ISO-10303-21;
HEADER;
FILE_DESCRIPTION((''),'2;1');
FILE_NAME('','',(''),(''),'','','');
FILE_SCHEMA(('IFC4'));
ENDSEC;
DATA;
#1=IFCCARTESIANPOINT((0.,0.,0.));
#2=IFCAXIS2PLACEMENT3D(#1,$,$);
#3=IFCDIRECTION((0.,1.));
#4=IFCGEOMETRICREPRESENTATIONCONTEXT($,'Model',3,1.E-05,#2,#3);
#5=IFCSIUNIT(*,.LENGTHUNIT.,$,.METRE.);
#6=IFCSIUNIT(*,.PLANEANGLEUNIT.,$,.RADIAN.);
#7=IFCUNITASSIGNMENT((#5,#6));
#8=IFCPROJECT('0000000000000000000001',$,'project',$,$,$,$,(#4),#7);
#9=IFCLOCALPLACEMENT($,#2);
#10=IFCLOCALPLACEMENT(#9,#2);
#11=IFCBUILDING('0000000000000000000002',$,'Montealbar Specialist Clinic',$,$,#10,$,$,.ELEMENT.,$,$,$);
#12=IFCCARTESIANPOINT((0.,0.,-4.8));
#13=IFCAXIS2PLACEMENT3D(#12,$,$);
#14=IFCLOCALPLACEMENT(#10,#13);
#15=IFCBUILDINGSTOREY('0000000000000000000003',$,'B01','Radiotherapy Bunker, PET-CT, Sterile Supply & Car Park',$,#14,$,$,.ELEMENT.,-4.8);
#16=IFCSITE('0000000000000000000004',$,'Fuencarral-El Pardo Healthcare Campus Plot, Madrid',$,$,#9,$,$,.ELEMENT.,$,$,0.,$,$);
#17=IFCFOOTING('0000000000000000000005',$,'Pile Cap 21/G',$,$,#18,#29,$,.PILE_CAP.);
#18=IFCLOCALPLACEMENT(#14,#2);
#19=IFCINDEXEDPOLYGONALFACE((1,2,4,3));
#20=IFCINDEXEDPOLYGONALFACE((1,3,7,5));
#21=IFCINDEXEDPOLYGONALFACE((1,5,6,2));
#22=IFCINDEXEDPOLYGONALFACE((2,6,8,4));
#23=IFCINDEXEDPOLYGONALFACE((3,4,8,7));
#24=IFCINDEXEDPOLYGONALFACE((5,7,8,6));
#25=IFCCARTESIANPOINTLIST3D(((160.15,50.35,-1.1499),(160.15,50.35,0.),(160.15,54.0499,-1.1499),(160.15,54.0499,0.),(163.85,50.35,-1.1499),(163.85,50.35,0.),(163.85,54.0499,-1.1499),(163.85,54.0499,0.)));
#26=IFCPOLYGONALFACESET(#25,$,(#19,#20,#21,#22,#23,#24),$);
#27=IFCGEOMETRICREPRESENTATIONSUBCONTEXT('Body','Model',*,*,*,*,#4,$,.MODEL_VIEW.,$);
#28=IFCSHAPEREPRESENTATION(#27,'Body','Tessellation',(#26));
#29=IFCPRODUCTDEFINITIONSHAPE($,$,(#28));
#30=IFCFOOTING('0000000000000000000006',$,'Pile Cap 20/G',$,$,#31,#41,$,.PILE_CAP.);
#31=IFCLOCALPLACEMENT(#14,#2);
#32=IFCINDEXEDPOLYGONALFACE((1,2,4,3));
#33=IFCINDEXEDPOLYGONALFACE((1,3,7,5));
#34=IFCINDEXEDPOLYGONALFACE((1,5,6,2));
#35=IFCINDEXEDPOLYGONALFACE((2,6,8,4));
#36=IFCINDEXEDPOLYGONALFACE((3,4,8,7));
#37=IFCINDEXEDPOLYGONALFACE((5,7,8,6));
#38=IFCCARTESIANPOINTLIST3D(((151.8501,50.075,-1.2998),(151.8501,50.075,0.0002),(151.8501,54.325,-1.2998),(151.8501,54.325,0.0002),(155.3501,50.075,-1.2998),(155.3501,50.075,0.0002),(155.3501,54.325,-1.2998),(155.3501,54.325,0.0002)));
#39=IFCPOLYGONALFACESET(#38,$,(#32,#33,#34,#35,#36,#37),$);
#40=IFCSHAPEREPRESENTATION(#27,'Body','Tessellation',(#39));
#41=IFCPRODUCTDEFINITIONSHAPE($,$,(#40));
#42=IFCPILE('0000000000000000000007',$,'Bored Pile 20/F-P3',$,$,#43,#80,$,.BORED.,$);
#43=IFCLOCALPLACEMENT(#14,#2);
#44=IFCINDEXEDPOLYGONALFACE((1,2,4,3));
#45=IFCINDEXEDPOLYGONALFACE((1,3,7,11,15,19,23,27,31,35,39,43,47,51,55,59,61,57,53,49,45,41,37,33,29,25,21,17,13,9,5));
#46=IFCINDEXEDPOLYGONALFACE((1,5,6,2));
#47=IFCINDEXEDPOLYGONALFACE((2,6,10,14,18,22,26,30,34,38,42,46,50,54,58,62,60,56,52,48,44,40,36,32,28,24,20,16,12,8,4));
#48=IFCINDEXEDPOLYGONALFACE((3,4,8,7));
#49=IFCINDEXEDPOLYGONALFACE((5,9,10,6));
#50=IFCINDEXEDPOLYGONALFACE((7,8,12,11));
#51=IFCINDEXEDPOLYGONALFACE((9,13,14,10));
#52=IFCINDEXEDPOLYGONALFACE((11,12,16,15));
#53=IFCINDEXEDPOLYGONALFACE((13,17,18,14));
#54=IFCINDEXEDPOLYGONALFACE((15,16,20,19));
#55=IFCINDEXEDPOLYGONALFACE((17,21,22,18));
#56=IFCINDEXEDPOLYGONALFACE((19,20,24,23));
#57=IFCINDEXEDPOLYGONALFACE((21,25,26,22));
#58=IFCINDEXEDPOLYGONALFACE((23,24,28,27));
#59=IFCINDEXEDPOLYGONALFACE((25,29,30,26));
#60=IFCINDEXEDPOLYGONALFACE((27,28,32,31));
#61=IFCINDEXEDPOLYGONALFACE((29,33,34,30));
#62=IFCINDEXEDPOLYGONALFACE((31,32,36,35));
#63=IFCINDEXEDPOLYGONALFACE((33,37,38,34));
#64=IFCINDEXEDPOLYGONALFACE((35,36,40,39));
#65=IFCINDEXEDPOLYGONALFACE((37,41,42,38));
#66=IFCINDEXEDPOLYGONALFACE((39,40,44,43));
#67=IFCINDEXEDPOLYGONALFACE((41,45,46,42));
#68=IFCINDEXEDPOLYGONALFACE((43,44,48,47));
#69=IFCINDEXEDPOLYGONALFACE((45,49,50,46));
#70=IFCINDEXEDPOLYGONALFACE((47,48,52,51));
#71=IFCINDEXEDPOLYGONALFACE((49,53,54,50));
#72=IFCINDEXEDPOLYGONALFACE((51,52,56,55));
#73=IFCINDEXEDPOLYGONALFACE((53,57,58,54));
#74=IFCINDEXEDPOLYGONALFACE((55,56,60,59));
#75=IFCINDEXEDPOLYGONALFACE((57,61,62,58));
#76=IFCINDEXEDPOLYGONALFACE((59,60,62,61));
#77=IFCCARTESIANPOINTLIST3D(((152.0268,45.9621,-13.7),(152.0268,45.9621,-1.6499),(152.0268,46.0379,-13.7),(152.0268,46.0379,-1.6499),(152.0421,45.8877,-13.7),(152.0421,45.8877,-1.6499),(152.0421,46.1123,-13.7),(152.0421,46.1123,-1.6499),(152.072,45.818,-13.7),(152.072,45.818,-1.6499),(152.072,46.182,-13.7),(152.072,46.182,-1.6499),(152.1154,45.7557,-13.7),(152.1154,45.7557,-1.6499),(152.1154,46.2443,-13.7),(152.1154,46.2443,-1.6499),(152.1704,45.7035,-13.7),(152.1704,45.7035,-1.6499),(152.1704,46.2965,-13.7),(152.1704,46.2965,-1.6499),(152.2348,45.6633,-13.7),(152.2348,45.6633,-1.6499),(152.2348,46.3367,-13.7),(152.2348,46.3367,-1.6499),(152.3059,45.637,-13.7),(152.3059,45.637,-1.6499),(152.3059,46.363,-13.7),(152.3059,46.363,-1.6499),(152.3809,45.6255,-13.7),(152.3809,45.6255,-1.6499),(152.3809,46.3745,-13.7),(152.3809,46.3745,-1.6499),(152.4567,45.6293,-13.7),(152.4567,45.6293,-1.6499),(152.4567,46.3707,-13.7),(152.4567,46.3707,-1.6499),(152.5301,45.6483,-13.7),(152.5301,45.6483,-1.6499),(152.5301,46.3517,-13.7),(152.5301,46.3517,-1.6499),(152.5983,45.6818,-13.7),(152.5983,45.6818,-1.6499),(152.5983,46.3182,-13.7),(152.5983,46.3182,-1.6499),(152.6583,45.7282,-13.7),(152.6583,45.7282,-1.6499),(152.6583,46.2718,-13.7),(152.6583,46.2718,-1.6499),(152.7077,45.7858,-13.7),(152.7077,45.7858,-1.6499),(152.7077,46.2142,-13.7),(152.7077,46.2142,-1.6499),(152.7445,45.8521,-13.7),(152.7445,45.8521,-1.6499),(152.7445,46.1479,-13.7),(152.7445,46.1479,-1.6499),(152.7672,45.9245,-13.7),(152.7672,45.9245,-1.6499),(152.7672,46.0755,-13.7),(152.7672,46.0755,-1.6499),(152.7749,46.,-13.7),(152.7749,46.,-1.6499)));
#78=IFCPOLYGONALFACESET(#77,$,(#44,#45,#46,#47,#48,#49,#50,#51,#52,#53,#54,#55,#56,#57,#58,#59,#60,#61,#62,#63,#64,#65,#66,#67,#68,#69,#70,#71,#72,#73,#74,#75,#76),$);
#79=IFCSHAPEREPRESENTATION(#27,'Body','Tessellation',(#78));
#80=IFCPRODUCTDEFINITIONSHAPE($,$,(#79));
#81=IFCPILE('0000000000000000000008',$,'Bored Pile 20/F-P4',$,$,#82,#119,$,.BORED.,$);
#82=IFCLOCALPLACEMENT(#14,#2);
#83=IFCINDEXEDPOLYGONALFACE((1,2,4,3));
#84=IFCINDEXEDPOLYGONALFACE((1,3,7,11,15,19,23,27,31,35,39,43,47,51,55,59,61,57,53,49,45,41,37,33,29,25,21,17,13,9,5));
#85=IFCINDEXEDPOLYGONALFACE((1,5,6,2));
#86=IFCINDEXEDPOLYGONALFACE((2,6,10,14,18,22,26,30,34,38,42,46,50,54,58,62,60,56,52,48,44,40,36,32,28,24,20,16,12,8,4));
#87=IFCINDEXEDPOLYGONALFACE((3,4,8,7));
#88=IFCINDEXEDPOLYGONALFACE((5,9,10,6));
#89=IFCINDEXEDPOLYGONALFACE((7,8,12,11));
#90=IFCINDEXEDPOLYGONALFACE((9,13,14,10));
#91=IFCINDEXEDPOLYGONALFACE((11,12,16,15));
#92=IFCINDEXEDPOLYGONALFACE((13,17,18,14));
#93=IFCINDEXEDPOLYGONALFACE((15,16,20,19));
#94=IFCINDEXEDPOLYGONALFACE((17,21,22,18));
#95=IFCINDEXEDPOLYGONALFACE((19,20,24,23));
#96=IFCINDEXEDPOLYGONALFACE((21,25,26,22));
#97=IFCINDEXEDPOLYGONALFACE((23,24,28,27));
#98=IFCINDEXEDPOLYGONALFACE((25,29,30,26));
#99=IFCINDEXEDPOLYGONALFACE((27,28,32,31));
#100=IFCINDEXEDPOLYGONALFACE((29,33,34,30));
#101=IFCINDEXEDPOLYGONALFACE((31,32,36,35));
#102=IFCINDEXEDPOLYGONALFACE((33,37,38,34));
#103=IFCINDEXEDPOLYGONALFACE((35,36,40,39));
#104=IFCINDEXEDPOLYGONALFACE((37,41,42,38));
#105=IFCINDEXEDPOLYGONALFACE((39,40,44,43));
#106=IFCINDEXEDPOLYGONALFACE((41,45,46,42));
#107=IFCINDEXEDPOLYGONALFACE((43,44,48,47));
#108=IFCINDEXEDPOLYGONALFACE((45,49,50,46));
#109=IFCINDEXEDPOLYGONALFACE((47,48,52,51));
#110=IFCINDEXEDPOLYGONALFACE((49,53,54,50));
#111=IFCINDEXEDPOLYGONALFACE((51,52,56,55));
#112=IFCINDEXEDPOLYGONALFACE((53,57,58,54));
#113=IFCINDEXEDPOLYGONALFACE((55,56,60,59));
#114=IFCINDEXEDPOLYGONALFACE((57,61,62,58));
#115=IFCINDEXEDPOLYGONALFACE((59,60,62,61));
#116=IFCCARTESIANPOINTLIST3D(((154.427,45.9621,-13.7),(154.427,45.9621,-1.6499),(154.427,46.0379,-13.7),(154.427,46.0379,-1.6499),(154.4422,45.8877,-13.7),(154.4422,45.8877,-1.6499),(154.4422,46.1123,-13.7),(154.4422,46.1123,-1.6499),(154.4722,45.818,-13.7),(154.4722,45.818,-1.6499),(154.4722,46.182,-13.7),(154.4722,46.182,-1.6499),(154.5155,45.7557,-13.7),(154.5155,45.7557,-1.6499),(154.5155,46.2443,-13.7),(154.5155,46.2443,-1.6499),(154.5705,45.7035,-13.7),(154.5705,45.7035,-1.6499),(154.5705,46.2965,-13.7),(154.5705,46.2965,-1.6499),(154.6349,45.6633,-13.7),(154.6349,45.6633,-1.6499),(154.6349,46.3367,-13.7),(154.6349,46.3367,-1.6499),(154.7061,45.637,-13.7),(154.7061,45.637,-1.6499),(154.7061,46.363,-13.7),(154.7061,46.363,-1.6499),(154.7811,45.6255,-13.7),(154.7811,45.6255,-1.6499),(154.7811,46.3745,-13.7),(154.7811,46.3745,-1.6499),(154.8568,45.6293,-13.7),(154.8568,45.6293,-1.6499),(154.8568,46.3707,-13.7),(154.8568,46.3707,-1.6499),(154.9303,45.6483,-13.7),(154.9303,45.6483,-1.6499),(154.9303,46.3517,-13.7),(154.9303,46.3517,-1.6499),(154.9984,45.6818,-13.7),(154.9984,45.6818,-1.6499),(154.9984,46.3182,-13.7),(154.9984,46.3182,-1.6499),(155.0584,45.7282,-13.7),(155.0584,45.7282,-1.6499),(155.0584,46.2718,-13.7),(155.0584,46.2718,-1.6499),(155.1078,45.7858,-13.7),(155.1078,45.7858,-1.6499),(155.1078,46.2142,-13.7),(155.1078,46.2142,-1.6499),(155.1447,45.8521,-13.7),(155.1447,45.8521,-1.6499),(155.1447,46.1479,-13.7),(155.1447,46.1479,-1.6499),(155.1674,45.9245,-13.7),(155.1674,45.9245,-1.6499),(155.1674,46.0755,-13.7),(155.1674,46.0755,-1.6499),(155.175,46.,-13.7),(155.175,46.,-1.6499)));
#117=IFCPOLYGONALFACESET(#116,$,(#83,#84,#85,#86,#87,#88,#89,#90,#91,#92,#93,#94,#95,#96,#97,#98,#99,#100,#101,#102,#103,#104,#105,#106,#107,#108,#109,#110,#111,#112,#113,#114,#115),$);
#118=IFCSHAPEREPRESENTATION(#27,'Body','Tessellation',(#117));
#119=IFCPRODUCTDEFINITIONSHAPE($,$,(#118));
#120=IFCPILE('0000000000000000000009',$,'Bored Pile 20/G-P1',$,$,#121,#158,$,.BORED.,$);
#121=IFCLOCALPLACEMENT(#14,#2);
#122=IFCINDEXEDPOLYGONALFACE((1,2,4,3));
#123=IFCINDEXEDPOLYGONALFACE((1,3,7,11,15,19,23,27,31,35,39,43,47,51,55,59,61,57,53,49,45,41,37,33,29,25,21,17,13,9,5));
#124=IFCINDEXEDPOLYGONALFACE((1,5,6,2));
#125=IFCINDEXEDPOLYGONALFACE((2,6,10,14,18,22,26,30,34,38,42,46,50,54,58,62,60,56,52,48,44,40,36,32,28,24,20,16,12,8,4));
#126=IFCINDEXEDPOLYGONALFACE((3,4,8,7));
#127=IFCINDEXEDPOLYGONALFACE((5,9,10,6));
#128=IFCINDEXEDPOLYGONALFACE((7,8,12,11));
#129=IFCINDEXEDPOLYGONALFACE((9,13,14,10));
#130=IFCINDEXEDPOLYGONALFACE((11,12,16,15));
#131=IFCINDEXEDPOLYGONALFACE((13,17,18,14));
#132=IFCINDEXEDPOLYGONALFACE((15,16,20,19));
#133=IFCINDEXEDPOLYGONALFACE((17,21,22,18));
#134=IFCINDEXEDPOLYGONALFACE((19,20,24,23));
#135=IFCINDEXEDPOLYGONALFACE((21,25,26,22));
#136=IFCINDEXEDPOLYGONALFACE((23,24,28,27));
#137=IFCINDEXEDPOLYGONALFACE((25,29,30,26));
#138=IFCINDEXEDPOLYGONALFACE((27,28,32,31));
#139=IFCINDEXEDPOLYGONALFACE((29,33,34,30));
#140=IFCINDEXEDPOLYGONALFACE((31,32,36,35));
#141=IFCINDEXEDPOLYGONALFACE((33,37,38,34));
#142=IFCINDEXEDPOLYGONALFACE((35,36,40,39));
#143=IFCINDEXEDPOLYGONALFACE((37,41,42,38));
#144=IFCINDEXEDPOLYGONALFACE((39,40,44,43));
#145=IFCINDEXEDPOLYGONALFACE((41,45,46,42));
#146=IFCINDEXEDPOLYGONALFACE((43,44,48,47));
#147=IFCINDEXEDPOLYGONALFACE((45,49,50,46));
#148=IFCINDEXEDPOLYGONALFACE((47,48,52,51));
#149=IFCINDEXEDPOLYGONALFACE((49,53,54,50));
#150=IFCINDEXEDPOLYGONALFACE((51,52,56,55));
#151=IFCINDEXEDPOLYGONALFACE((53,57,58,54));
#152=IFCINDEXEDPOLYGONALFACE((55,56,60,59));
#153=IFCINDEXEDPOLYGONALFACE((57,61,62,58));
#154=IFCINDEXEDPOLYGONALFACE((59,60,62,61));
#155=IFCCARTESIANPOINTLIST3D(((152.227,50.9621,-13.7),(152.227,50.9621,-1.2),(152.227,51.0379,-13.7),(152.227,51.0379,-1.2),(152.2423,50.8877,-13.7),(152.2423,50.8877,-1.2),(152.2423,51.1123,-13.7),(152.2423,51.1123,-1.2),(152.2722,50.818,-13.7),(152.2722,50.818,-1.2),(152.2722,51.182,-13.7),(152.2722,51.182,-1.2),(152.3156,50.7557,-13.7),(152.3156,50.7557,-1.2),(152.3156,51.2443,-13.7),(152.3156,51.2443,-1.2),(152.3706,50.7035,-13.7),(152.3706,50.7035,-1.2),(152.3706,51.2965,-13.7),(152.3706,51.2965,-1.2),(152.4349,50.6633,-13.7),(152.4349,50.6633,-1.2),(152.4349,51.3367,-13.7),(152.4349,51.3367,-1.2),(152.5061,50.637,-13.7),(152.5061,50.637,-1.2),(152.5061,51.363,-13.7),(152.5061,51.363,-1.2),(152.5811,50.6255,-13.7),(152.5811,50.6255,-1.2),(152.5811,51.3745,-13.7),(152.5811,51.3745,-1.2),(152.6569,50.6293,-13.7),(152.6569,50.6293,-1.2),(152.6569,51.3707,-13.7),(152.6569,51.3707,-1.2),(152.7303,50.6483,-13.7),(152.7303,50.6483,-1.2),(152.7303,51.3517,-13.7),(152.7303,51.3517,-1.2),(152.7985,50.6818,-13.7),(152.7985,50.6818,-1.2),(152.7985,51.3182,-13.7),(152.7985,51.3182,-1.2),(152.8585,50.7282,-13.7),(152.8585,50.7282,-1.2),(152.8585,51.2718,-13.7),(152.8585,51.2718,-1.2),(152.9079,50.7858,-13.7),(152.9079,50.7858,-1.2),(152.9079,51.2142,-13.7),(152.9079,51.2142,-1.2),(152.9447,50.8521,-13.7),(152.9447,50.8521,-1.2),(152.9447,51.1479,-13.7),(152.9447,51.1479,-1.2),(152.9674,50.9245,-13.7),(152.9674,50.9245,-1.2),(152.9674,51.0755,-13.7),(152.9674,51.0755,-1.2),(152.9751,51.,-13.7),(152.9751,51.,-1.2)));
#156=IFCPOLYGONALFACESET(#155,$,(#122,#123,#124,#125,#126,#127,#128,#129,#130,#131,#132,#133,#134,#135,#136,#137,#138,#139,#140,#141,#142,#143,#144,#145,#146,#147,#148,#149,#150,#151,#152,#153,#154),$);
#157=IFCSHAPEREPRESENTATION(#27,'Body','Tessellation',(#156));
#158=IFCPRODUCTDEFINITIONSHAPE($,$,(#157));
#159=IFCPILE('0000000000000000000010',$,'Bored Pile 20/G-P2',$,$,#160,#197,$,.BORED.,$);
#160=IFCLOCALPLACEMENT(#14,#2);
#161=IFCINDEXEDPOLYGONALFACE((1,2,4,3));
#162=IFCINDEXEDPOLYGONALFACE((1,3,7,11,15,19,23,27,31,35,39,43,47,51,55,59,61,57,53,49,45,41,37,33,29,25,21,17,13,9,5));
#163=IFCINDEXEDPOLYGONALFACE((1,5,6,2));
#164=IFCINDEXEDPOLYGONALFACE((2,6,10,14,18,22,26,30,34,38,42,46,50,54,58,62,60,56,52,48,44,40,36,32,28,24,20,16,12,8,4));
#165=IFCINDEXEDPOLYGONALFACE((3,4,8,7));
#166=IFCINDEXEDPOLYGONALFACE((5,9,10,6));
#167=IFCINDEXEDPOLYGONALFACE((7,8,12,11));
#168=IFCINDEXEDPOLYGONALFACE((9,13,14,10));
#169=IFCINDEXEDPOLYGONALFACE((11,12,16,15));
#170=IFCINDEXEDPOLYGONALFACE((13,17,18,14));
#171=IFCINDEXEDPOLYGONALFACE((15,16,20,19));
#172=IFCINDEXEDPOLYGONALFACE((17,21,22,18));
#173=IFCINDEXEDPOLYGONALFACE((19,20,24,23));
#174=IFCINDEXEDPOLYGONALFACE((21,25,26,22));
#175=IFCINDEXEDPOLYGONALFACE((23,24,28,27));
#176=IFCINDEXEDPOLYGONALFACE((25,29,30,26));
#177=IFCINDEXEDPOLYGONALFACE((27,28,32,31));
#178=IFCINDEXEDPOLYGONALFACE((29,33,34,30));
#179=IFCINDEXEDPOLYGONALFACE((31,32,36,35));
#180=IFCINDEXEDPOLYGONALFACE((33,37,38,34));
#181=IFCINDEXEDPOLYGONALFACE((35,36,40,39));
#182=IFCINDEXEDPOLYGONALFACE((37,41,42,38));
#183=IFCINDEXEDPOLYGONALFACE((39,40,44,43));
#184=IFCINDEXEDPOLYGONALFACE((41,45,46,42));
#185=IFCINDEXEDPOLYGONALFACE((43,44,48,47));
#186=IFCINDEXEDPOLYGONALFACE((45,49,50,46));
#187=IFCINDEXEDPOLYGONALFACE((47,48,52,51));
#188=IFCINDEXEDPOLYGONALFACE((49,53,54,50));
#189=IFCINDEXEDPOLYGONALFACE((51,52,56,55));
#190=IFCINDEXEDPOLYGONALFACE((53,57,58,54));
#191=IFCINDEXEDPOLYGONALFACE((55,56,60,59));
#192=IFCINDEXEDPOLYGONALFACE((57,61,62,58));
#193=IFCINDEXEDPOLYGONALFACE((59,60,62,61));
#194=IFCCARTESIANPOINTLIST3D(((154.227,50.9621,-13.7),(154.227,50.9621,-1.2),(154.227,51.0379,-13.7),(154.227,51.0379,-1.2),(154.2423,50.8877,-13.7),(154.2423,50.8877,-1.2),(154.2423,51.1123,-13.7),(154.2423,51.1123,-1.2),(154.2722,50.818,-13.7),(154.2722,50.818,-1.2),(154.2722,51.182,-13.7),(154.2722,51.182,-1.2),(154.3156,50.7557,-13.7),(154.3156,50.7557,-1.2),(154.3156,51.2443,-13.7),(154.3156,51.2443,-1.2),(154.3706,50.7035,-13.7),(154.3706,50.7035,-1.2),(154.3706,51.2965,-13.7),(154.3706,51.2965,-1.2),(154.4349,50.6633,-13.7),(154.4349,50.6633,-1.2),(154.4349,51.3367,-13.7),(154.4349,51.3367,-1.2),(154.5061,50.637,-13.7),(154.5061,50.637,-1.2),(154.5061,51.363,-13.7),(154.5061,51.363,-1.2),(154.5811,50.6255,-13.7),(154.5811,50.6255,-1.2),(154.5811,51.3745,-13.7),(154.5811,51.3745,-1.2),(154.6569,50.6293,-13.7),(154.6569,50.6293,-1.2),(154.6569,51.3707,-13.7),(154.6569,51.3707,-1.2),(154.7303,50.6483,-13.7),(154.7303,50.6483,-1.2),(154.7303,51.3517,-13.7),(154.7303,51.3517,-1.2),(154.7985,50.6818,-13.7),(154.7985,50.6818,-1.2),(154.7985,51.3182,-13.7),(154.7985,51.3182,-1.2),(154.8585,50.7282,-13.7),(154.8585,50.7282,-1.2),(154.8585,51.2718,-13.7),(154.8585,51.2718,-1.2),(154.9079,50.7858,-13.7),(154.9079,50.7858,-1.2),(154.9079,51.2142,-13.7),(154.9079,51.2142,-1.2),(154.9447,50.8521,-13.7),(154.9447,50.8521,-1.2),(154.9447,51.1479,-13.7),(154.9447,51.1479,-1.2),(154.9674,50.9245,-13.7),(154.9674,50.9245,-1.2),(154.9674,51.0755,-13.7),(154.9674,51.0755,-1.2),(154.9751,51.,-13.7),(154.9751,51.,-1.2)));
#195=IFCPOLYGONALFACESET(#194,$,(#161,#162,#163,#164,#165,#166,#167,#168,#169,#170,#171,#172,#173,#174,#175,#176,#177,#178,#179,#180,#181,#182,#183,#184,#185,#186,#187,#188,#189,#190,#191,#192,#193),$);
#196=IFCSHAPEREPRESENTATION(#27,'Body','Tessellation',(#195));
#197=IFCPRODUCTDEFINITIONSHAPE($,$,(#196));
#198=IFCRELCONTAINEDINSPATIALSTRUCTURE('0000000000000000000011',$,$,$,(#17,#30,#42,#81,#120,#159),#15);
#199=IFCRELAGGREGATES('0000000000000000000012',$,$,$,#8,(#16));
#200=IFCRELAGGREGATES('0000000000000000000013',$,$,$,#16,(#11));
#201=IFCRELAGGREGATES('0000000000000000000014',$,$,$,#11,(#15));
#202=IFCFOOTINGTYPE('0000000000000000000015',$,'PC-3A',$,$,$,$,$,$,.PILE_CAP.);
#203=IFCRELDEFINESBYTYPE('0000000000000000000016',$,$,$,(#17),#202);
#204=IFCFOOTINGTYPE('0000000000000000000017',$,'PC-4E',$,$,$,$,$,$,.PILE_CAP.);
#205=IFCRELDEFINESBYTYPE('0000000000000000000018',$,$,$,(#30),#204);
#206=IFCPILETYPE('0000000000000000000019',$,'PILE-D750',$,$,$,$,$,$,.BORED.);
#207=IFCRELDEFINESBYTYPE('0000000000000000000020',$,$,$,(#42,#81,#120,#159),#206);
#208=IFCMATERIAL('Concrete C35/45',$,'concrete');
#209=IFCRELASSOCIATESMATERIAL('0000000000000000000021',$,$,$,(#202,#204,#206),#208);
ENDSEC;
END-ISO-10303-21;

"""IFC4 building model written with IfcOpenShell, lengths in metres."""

from ifc_helpers import new_model, si_unit, direction, frame, origin, origin_2d, place, context, subcontext, project, spatial, rectangle, circle, extrude, material, material_profile, profile_set, type_object, element, save


model = new_model("IFC4")

# Units and contexts
model_context = context("Model", 3, precision=1e-05, world=origin(), true_north=direction((0.0, 1.0)))
body_context = subcontext(model_context, "Body", "Model", "MODEL_VIEW")
ifc_project = project(units=[si_unit("LENGTHUNIT", "METRE"), si_unit("PLANEANGLEUNIT", "RADIAN")], contexts=[model_context])

# Site, building, storey
site_placement = place(None, origin())
site = spatial("IfcSite", under=ifc_project, at=site_placement, Name="Fuencarral-El Pardo Healthcare Campus Plot, Madrid", CompositionType="ELEMENT", RefElevation=0.0)
building_placement = place(site_placement, origin())
building = spatial("IfcBuilding", under=site, at=building_placement, Name="Montealbar Specialist Clinic", CompositionType="ELEMENT")
storey_placement = place(building_placement, frame((0.0, 0.0, -4.8)))
storey = spatial("IfcBuildingStorey", under=building, at=storey_placement, Name="B01", Description="Radiotherapy Bunker, PET-CT, Sterile Supply & Car Park", CompositionType="ELEMENT", Elevation=-4.8)

# Footings
ifc_material_1 = material(Name="Concrete C35/45", Category="concrete")
footing_type_1 = type_object("IfcFootingType", Name="PC-3A", PredefinedType="PILE_CAP", material=ifc_material_1)
footing_1_placement = place(storey_placement, frame((162.0, 52.2, -1.1499), z_axis=(0.0, 0.0, 1.0), x_axis=(1.0, 0.0, 0.0)))
element("IfcFooting", 1, at=footing_1_placement, inside=storey, type_object=footing_type_1, Name="Pile Cap 21/G", PredefinedType="PILE_CAP", context=body_context, shape_type="SweptSolid", body=[
    extrude(rectangle(XDim=3.7, YDim=3.7, at=origin_2d()), origin(), (0.0, 0.0, 1.0), 1.1499),
])
footing_type_2 = type_object("IfcFootingType", Name="PC-4E", PredefinedType="PILE_CAP", material=ifc_material_1)
footing_2_placement = place(storey_placement, frame((153.6001, 52.2, -1.2998), z_axis=(0.0, 0.0, 1.0), x_axis=(1.0, 0.0, 0.0)))
element("IfcFooting", 2, at=footing_2_placement, inside=storey, type_object=footing_type_2, Name="Pile Cap 20/G", PredefinedType="PILE_CAP", context=body_context, shape_type="SweptSolid", body=[
    extrude(rectangle(XDim=3.5, YDim=4.25, at=origin_2d()), origin(), (0.0, 0.0, 1.0), 1.3),
])

# Piles
ifc_material_profile_1 = material_profile(ifc_material_1, circle(Radius=0.375, at=origin_2d()), Name="PILE D750", Category="concrete")
ifc_profile_set_1 = profile_set([ifc_material_profile_1], Name="Concrete C35/45")
pile_type_1 = type_object("IfcPileType", Name="PILE-D750", PredefinedType="BORED", material=ifc_profile_set_1)
for number, where, z_axis, x_axis, name in (
    (3, (152.3999, 46.0, -1.6499), (0.0, 0.0, -1.0), (1.0, 0.0, 0.0), "Bored Pile 20/F-P3"),
    (4, (154.8, 46.0, -1.6499), (0.0, 0.0, -1.0), (1.0, 0.0, 0.0), "Bored Pile 20/F-P4"),
):
    element("IfcPile", number, at=place(storey_placement, frame(where, z_axis=z_axis, x_axis=x_axis)), inside=storey, type_object=pile_type_1, Name=name, PredefinedType="BORED", context=body_context, shape_type="SweptSolid", body=[
        extrude(circle(Radius=0.375, at=origin_2d()), origin(), (0.0, 0.0, 1.0), 12.05),
    ])
for number, where, z_axis, x_axis, name in (
    (5, (152.6001, 51.0, -1.2), (0.0, 0.0, -1.0), (1.0, 0.0, 0.0), "Bored Pile 20/G-P1"),
    (6, (154.6001, 51.0, -1.2), (0.0, 0.0, -1.0), (1.0, 0.0, 0.0), "Bored Pile 20/G-P2"),
):
    element("IfcPile", number, at=place(storey_placement, frame(where, z_axis=z_axis, x_axis=x_axis)), inside=storey, type_object=pile_type_1, Name=name, PredefinedType="BORED", context=body_context, shape_type="SweptSolid", body=[
        extrude(circle(Radius=0.375, at=origin_2d()), origin(), (0.0, 0.0, 1.0), 12.5),
    ])

save(model, "model.ifc")
